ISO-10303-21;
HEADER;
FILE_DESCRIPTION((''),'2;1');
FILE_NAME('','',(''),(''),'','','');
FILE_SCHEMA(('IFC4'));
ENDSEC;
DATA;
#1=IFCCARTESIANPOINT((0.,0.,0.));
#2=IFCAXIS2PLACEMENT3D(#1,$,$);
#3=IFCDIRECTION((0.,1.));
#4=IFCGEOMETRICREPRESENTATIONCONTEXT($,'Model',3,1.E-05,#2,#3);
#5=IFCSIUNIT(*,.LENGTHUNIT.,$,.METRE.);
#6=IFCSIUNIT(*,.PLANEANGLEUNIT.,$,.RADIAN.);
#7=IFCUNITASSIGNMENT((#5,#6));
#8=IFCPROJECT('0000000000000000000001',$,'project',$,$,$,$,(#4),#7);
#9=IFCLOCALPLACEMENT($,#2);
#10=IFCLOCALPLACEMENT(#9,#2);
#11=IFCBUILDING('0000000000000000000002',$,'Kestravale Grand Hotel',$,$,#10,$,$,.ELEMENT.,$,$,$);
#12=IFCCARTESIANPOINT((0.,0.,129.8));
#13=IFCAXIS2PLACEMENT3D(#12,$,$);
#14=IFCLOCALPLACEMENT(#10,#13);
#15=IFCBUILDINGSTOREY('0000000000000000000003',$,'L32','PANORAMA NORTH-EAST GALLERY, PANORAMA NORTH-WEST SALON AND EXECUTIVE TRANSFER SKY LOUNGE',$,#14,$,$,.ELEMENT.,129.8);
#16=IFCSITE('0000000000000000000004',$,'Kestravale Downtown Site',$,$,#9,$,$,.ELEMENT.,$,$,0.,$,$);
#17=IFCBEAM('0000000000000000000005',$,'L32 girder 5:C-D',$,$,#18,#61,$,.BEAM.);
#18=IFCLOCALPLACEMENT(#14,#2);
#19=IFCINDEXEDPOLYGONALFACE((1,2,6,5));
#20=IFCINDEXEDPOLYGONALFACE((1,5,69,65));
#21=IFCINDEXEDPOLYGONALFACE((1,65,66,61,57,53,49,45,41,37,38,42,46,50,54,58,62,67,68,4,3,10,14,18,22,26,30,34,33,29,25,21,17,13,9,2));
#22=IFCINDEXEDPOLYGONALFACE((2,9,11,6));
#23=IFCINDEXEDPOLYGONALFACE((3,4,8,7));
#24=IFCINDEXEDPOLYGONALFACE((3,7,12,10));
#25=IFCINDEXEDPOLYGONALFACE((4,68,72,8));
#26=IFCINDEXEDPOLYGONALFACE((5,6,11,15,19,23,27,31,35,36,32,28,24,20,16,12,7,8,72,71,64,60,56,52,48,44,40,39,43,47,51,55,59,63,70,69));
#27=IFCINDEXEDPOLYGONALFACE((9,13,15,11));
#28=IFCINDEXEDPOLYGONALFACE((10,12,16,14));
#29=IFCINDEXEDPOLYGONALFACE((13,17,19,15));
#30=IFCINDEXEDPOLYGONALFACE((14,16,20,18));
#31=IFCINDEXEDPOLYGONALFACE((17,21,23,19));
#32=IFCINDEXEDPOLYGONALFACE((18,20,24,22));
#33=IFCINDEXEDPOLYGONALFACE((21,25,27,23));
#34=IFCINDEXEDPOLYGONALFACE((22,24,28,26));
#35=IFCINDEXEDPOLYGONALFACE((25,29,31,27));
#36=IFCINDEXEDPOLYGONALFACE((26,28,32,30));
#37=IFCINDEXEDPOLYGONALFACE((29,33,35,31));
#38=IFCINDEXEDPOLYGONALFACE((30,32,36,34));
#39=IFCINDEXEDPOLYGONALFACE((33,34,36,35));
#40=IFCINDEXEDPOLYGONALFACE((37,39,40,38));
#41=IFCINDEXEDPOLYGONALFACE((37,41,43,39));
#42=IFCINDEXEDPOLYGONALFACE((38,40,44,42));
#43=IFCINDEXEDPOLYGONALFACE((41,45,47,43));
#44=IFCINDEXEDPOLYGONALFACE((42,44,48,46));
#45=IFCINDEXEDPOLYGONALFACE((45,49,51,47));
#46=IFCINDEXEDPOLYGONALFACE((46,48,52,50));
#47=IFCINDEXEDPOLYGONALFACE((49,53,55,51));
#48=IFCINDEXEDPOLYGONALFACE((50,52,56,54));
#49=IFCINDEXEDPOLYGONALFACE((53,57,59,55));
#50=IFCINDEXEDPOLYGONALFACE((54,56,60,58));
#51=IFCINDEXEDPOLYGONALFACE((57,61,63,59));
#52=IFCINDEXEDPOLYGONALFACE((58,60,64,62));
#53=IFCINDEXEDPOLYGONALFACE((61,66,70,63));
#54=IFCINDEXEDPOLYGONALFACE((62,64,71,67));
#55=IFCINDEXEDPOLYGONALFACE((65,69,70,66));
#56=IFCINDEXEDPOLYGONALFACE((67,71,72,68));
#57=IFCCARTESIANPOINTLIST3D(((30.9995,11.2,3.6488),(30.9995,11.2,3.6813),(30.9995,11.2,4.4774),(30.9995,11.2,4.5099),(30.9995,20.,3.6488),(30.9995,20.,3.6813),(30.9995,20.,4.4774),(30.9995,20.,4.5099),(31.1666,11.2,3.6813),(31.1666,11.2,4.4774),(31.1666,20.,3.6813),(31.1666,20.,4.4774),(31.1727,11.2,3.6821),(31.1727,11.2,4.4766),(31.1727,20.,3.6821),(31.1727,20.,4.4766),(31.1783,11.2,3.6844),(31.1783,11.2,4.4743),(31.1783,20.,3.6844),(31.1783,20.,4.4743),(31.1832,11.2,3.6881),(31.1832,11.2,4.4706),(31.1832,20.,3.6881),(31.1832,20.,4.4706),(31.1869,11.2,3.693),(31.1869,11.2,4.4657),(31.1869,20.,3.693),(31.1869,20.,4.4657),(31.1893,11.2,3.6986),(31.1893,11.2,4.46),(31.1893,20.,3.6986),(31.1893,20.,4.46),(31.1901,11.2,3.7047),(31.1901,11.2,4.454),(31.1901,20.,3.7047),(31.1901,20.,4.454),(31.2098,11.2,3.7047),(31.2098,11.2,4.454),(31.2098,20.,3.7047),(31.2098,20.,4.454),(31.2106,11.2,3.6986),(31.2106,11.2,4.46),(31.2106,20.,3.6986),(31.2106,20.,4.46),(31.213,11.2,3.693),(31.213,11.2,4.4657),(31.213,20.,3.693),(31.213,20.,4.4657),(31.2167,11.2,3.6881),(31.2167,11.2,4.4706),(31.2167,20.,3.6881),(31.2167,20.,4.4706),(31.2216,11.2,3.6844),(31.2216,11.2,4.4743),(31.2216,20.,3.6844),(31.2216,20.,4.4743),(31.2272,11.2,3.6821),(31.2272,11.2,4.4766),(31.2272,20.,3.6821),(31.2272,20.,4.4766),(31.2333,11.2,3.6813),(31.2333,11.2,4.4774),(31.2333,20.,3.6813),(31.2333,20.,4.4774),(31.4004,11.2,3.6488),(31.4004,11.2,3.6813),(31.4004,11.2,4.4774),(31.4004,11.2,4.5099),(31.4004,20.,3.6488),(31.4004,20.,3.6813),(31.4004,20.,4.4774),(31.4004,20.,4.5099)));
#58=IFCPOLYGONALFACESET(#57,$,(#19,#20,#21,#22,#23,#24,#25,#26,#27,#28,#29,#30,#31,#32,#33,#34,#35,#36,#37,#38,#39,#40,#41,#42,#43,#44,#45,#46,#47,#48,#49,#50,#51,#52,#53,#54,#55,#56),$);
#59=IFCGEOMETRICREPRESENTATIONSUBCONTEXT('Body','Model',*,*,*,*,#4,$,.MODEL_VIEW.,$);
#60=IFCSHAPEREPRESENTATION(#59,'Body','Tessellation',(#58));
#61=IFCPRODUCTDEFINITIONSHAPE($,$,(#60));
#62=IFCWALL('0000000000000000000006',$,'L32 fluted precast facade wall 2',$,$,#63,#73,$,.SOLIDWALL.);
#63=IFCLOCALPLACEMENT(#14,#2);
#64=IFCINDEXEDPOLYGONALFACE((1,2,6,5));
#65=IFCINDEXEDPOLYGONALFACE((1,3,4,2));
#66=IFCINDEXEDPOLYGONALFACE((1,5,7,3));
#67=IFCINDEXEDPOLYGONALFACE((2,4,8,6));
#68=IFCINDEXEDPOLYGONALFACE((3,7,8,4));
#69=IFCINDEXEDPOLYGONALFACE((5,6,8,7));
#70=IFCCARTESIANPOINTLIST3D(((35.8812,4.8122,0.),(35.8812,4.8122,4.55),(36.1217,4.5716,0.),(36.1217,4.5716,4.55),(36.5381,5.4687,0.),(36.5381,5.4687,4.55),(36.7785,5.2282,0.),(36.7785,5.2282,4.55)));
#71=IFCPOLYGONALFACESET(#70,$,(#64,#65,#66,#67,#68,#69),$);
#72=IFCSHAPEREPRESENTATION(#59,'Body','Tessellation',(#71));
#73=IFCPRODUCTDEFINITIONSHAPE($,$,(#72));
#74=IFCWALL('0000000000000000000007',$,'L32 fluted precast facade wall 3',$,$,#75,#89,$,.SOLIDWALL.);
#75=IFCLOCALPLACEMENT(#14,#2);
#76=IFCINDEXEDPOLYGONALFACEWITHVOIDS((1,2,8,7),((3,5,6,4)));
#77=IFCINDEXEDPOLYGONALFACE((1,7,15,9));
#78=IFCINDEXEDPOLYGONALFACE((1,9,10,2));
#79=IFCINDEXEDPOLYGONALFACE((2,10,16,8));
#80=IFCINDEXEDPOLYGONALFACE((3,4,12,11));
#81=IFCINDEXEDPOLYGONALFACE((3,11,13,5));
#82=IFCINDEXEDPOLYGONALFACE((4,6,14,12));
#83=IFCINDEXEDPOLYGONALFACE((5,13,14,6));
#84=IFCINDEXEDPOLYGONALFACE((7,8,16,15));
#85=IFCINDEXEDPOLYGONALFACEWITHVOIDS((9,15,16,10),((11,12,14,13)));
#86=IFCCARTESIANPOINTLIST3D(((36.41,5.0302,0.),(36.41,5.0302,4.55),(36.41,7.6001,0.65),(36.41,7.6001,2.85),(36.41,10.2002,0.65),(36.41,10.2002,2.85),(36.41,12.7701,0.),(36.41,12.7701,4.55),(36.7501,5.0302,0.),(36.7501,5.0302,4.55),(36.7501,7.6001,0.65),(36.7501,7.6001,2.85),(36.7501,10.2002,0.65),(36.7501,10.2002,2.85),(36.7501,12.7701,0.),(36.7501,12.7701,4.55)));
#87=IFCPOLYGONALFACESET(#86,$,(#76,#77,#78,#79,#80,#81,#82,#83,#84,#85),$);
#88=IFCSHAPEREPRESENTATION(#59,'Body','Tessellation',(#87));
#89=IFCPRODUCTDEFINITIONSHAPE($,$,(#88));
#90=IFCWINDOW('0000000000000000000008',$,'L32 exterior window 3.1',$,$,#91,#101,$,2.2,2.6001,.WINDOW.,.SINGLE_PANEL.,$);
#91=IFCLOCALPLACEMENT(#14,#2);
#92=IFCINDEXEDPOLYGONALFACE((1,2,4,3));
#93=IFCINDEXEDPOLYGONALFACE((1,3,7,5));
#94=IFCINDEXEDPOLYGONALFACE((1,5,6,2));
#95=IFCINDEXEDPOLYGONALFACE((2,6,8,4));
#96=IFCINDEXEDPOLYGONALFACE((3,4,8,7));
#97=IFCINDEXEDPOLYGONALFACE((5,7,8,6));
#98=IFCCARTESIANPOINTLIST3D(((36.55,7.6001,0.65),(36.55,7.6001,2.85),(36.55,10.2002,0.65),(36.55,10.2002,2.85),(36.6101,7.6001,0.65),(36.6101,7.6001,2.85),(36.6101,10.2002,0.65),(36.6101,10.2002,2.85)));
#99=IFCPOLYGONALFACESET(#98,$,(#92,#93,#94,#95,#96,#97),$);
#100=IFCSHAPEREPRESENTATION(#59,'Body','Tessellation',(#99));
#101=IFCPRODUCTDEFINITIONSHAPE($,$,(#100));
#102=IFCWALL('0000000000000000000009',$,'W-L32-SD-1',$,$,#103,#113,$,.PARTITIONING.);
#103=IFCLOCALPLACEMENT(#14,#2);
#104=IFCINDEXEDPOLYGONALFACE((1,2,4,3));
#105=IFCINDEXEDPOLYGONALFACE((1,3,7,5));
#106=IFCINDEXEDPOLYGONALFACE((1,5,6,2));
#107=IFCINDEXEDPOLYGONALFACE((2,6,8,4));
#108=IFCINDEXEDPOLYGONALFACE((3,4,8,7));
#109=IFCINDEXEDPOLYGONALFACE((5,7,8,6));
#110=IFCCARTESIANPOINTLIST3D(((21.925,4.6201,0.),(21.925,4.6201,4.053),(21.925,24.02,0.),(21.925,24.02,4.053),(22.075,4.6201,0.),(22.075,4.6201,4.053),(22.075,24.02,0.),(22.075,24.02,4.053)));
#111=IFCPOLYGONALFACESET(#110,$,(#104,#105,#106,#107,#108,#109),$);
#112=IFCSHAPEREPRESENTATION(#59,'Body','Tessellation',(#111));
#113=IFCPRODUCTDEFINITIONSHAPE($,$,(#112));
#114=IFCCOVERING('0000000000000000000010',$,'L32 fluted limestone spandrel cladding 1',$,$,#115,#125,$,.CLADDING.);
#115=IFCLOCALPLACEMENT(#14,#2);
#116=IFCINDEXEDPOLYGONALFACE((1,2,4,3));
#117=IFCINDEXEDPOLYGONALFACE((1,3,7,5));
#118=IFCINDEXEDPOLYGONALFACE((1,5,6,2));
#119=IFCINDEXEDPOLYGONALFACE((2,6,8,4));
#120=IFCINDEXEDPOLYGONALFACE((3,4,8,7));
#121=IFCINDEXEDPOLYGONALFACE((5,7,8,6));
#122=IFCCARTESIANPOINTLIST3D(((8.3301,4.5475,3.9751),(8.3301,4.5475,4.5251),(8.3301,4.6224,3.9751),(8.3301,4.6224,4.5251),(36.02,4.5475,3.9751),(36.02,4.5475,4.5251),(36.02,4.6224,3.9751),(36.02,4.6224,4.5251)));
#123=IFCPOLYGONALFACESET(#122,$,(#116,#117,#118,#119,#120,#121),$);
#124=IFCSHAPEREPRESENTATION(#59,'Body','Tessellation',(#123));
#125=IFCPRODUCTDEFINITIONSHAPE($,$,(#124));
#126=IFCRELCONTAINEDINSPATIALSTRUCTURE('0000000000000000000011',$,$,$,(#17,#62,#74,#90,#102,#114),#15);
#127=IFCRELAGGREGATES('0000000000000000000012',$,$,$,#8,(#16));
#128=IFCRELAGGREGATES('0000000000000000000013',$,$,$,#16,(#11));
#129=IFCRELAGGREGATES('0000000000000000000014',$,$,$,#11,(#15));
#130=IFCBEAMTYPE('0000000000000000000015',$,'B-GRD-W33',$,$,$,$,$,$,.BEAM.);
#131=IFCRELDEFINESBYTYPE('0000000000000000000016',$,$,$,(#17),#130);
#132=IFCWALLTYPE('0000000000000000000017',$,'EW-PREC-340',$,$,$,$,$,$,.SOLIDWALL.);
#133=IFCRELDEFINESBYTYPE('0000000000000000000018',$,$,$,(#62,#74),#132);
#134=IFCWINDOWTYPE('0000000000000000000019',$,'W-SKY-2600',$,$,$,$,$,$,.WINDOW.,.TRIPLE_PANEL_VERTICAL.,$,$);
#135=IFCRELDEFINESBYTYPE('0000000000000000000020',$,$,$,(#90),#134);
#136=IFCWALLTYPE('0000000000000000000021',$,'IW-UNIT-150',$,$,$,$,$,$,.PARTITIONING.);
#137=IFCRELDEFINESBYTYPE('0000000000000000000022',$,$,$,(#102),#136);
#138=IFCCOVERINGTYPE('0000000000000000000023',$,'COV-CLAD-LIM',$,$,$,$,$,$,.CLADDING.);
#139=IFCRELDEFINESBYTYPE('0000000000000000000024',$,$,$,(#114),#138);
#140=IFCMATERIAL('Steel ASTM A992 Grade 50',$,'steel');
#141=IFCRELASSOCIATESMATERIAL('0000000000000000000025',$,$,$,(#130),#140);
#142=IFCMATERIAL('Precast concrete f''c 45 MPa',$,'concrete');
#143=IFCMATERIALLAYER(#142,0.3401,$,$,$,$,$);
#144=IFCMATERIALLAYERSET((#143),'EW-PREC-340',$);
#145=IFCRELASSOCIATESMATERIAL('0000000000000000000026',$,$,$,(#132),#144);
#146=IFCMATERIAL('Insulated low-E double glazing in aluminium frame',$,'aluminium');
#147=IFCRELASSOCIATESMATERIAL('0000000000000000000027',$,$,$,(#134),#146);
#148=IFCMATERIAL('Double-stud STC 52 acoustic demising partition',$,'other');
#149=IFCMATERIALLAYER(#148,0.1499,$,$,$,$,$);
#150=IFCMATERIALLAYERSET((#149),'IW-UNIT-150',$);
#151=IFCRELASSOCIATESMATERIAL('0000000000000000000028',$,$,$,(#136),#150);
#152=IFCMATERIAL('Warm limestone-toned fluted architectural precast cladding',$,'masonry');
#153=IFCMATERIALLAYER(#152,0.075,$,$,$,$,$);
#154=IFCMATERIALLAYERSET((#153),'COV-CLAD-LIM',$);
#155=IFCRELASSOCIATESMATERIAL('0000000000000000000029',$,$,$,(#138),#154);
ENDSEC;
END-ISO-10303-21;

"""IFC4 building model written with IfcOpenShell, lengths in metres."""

from ifc_helpers import new_model, si_unit, direction, frame, frame_2d, origin, origin_2d, place, context, subcontext, project, spatial, rectangle, i_section, extrude, material, layer, layer_set, material_profile, profile_set, type_object, element, fill, save


model = new_model("IFC4")

# Units and contexts
model_context = context("Model", 3, precision=1e-05, world=origin(), true_north=direction((0.0, 1.0)))
body_context = subcontext(model_context, "Body", "Model", "MODEL_VIEW")
ifc_project = project(units=[si_unit("LENGTHUNIT", "METRE"), si_unit("PLANEANGLEUNIT", "RADIAN")], contexts=[model_context])

# Site, building, storey
site_placement = place(None, origin())
site = spatial("IfcSite", under=ifc_project, at=site_placement, Name="Kestravale Downtown Site", CompositionType="ELEMENT", RefElevation=0.0)
building_placement = place(site_placement, origin())
building = spatial("IfcBuilding", under=site, at=building_placement, Name="Kestravale Grand Hotel", CompositionType="ELEMENT")
storey_placement = place(building_placement, frame((0.0, 0.0, 129.8)))
storey = spatial("IfcBuildingStorey", under=building, at=storey_placement, Name="L32", Description="PANORAMA NORTH-EAST GALLERY, PANORAMA NORTH-WEST SALON AND EXECUTIVE TRANSFER SKY LOUNGE", CompositionType="ELEMENT", Elevation=129.8)

# Beam
ifc_material_1 = material(Name="Steel ASTM A992 Grade 50", Category="steel")
ifc_material_profile_1 = material_profile(ifc_material_1, i_section(OverallWidth=0.4009, OverallDepth=0.8611, WebThickness=0.0198, FlangeThickness=0.0325, FilletRadius=0.0234, at=origin_2d()))
ifc_profile_set_1 = profile_set([ifc_material_profile_1], Name="Steel ASTM A992 Grade 50")
beam_type_1 = type_object("IfcBeamType", Name="B-GRD-W33", PredefinedType="BEAM", material=ifc_profile_set_1)
for number, where, z_axis, x_axis, name in (
    (1, (31.2, 11.2, 4.0793), (0.0, 1.0, 0.0), (-1.0, 0.0, 0.0), "L32 girder 5:C-D"),
):
    element("IfcBeam", number, at=place(storey_placement, frame(where, z_axis=z_axis, x_axis=x_axis)), inside=storey, type_object=beam_type_1, Name=name, PredefinedType="BEAM", context=body_context, shape_type="SweptSolid", body=[
        extrude(i_section(OverallWidth=0.4009, OverallDepth=0.8611, WebThickness=0.0198, FlangeThickness=0.0325, FilletRadius=0.0234, at=origin_2d()), origin(), (0.0, 0.0, 1.0), 8.8),
    ])

# Wall
ifc_material_2 = material(Name="Precast concrete f'c 45 MPa", Category="concrete")
ifc_layer_1 = layer(ifc_material_2, 0.3401)
ifc_layer_set_1 = layer_set([ifc_layer_1], Name="EW-PREC-340")
wall_type_1 = type_object("IfcWallType", Name="EW-PREC-340", PredefinedType="SOLIDWALL", material=ifc_layer_set_1)
wall_1_placement = place(storey_placement, frame((36.0015, 4.6919, 0.0), z_axis=(0.0, 0.0, 1.0), x_axis=(0.707238, 0.706975, 0.0)))
element("IfcWall", 2, at=wall_1_placement, inside=storey, type_object=wall_type_1, Name="L32 fluted precast facade wall 2", PredefinedType="SOLIDWALL", context=body_context, shape_type="SweptSolid", body=[
    extrude(rectangle(XDim=0.9287, YDim=0.3401, at=frame_2d((0.4644, 0.0))), origin(), (0.0, 0.0, 1.0), 4.55),
])

# Wall, opening, window
wall_2_placement = place(storey_placement, frame((36.5801, 5.03, 0.0), z_axis=(0.0, 0.0, 1.0), x_axis=(0.0, 1.0, 0.0)))
wall_2 = element("IfcWall", 3, at=wall_2_placement, inside=storey, type_object=wall_type_1, Name="L32 fluted precast facade wall 3", PredefinedType="SOLIDWALL", context=body_context, shape_type="SweptSolid", body=[
    extrude(rectangle(XDim=7.74, YDim=0.3401, at=frame_2d((3.8701, 0.0))), origin(), (0.0, 0.0, 1.0), 4.55),
])
opening_placement = place(wall_2_placement, frame((2.5701, 0.0, 0.6499)))
opening = element("IfcOpeningElement", 4, at=opening_placement, cuts=wall_2, PredefinedType="OPENING", context=body_context, shape_type="SweptSolid", body=[
    extrude(rectangle(XDim=2.6001, YDim=2.2, at=frame_2d((1.3, 1.1001))), frame((0.0, 0.1799, 0.0), z_axis=(0.0, -1.0, 0.0), x_axis=(1.0, 0.0, 0.0)), (0.0, 0.0, 1.0), 0.3601),
])
ifc_material_3 = material(Name="Insulated low-E double glazing in aluminium frame", Category="aluminium")
window_type = type_object("IfcWindowType", Name="W-SKY-2600", PartitioningType="TRIPLE_PANEL_VERTICAL", PredefinedType="WINDOW", material=ifc_material_3)
window_placement = place(opening_placement, origin())
window = element("IfcWindow", 5, at=window_placement, inside=storey, type_object=window_type, Name="L32 exterior window 3.1", OverallHeight=2.2, OverallWidth=2.6001, PartitioningType="SINGLE_PANEL", PredefinedType="WINDOW", context=body_context, shape_type="SweptSolid", body=[
    extrude(rectangle(XDim=2.6001, YDim=2.2, at=frame_2d((1.3, 1.1001))), frame((0.0, 0.03, 0.0), z_axis=(0.0, -1.0, 0.0), x_axis=(1.0, 0.0, 0.0)), (0.0, 0.0, 1.0), 0.0601),
])
fill(opening, window)

# Wall
ifc_material_4 = material(Name="Double-stud STC 52 acoustic demising partition", Category="other")
ifc_layer_2 = layer(ifc_material_4, 0.1499)
ifc_layer_set_2 = layer_set([ifc_layer_2], Name="IW-UNIT-150")
wall_type_2 = type_object("IfcWallType", Name="IW-UNIT-150", PredefinedType="PARTITIONING", material=ifc_layer_set_2)
wall_3_placement = place(storey_placement, frame((22.0, 4.6201, 0.0), z_axis=(0.0, 0.0, 1.0), x_axis=(0.0, 1.0, 0.0)))
element("IfcWall", 6, at=wall_3_placement, inside=storey, type_object=wall_type_2, Name="W-L32-SD-1", PredefinedType="PARTITIONING", context=body_context, shape_type="SweptSolid", body=[
    extrude(rectangle(XDim=19.3999, YDim=0.1499, at=frame_2d((9.7, 0.0))), origin(), (0.0, 0.0, 1.0), 4.053),
])

# Covering
ifc_material_5 = material(Name="Warm limestone-toned fluted architectural precast cladding", Category="masonry")
ifc_layer_3 = layer(ifc_material_5, 0.075)
ifc_layer_set_3 = layer_set([ifc_layer_3], Name="COV-CLAD-LIM")
covering_type = type_object("IfcCoveringType", Name="COV-CLAD-LIM", PredefinedType="CLADDING", material=ifc_layer_set_3)
covering_placement = place(storey_placement, frame((22.175, 4.585, 3.9751), z_axis=(0.0, 0.0, 1.0), x_axis=(1.0, 0.0, 0.0)))
element("IfcCovering", 7, at=covering_placement, inside=storey, type_object=covering_type, Name="L32 fluted limestone spandrel cladding 1", PredefinedType="CLADDING", context=body_context, shape_type="SweptSolid", body=[
    extrude(rectangle(XDim=27.6899, YDim=0.075, at=origin_2d()), origin(), (0.0, 0.0, 1.0), 0.55),
])

save(model, "model.ifc")
